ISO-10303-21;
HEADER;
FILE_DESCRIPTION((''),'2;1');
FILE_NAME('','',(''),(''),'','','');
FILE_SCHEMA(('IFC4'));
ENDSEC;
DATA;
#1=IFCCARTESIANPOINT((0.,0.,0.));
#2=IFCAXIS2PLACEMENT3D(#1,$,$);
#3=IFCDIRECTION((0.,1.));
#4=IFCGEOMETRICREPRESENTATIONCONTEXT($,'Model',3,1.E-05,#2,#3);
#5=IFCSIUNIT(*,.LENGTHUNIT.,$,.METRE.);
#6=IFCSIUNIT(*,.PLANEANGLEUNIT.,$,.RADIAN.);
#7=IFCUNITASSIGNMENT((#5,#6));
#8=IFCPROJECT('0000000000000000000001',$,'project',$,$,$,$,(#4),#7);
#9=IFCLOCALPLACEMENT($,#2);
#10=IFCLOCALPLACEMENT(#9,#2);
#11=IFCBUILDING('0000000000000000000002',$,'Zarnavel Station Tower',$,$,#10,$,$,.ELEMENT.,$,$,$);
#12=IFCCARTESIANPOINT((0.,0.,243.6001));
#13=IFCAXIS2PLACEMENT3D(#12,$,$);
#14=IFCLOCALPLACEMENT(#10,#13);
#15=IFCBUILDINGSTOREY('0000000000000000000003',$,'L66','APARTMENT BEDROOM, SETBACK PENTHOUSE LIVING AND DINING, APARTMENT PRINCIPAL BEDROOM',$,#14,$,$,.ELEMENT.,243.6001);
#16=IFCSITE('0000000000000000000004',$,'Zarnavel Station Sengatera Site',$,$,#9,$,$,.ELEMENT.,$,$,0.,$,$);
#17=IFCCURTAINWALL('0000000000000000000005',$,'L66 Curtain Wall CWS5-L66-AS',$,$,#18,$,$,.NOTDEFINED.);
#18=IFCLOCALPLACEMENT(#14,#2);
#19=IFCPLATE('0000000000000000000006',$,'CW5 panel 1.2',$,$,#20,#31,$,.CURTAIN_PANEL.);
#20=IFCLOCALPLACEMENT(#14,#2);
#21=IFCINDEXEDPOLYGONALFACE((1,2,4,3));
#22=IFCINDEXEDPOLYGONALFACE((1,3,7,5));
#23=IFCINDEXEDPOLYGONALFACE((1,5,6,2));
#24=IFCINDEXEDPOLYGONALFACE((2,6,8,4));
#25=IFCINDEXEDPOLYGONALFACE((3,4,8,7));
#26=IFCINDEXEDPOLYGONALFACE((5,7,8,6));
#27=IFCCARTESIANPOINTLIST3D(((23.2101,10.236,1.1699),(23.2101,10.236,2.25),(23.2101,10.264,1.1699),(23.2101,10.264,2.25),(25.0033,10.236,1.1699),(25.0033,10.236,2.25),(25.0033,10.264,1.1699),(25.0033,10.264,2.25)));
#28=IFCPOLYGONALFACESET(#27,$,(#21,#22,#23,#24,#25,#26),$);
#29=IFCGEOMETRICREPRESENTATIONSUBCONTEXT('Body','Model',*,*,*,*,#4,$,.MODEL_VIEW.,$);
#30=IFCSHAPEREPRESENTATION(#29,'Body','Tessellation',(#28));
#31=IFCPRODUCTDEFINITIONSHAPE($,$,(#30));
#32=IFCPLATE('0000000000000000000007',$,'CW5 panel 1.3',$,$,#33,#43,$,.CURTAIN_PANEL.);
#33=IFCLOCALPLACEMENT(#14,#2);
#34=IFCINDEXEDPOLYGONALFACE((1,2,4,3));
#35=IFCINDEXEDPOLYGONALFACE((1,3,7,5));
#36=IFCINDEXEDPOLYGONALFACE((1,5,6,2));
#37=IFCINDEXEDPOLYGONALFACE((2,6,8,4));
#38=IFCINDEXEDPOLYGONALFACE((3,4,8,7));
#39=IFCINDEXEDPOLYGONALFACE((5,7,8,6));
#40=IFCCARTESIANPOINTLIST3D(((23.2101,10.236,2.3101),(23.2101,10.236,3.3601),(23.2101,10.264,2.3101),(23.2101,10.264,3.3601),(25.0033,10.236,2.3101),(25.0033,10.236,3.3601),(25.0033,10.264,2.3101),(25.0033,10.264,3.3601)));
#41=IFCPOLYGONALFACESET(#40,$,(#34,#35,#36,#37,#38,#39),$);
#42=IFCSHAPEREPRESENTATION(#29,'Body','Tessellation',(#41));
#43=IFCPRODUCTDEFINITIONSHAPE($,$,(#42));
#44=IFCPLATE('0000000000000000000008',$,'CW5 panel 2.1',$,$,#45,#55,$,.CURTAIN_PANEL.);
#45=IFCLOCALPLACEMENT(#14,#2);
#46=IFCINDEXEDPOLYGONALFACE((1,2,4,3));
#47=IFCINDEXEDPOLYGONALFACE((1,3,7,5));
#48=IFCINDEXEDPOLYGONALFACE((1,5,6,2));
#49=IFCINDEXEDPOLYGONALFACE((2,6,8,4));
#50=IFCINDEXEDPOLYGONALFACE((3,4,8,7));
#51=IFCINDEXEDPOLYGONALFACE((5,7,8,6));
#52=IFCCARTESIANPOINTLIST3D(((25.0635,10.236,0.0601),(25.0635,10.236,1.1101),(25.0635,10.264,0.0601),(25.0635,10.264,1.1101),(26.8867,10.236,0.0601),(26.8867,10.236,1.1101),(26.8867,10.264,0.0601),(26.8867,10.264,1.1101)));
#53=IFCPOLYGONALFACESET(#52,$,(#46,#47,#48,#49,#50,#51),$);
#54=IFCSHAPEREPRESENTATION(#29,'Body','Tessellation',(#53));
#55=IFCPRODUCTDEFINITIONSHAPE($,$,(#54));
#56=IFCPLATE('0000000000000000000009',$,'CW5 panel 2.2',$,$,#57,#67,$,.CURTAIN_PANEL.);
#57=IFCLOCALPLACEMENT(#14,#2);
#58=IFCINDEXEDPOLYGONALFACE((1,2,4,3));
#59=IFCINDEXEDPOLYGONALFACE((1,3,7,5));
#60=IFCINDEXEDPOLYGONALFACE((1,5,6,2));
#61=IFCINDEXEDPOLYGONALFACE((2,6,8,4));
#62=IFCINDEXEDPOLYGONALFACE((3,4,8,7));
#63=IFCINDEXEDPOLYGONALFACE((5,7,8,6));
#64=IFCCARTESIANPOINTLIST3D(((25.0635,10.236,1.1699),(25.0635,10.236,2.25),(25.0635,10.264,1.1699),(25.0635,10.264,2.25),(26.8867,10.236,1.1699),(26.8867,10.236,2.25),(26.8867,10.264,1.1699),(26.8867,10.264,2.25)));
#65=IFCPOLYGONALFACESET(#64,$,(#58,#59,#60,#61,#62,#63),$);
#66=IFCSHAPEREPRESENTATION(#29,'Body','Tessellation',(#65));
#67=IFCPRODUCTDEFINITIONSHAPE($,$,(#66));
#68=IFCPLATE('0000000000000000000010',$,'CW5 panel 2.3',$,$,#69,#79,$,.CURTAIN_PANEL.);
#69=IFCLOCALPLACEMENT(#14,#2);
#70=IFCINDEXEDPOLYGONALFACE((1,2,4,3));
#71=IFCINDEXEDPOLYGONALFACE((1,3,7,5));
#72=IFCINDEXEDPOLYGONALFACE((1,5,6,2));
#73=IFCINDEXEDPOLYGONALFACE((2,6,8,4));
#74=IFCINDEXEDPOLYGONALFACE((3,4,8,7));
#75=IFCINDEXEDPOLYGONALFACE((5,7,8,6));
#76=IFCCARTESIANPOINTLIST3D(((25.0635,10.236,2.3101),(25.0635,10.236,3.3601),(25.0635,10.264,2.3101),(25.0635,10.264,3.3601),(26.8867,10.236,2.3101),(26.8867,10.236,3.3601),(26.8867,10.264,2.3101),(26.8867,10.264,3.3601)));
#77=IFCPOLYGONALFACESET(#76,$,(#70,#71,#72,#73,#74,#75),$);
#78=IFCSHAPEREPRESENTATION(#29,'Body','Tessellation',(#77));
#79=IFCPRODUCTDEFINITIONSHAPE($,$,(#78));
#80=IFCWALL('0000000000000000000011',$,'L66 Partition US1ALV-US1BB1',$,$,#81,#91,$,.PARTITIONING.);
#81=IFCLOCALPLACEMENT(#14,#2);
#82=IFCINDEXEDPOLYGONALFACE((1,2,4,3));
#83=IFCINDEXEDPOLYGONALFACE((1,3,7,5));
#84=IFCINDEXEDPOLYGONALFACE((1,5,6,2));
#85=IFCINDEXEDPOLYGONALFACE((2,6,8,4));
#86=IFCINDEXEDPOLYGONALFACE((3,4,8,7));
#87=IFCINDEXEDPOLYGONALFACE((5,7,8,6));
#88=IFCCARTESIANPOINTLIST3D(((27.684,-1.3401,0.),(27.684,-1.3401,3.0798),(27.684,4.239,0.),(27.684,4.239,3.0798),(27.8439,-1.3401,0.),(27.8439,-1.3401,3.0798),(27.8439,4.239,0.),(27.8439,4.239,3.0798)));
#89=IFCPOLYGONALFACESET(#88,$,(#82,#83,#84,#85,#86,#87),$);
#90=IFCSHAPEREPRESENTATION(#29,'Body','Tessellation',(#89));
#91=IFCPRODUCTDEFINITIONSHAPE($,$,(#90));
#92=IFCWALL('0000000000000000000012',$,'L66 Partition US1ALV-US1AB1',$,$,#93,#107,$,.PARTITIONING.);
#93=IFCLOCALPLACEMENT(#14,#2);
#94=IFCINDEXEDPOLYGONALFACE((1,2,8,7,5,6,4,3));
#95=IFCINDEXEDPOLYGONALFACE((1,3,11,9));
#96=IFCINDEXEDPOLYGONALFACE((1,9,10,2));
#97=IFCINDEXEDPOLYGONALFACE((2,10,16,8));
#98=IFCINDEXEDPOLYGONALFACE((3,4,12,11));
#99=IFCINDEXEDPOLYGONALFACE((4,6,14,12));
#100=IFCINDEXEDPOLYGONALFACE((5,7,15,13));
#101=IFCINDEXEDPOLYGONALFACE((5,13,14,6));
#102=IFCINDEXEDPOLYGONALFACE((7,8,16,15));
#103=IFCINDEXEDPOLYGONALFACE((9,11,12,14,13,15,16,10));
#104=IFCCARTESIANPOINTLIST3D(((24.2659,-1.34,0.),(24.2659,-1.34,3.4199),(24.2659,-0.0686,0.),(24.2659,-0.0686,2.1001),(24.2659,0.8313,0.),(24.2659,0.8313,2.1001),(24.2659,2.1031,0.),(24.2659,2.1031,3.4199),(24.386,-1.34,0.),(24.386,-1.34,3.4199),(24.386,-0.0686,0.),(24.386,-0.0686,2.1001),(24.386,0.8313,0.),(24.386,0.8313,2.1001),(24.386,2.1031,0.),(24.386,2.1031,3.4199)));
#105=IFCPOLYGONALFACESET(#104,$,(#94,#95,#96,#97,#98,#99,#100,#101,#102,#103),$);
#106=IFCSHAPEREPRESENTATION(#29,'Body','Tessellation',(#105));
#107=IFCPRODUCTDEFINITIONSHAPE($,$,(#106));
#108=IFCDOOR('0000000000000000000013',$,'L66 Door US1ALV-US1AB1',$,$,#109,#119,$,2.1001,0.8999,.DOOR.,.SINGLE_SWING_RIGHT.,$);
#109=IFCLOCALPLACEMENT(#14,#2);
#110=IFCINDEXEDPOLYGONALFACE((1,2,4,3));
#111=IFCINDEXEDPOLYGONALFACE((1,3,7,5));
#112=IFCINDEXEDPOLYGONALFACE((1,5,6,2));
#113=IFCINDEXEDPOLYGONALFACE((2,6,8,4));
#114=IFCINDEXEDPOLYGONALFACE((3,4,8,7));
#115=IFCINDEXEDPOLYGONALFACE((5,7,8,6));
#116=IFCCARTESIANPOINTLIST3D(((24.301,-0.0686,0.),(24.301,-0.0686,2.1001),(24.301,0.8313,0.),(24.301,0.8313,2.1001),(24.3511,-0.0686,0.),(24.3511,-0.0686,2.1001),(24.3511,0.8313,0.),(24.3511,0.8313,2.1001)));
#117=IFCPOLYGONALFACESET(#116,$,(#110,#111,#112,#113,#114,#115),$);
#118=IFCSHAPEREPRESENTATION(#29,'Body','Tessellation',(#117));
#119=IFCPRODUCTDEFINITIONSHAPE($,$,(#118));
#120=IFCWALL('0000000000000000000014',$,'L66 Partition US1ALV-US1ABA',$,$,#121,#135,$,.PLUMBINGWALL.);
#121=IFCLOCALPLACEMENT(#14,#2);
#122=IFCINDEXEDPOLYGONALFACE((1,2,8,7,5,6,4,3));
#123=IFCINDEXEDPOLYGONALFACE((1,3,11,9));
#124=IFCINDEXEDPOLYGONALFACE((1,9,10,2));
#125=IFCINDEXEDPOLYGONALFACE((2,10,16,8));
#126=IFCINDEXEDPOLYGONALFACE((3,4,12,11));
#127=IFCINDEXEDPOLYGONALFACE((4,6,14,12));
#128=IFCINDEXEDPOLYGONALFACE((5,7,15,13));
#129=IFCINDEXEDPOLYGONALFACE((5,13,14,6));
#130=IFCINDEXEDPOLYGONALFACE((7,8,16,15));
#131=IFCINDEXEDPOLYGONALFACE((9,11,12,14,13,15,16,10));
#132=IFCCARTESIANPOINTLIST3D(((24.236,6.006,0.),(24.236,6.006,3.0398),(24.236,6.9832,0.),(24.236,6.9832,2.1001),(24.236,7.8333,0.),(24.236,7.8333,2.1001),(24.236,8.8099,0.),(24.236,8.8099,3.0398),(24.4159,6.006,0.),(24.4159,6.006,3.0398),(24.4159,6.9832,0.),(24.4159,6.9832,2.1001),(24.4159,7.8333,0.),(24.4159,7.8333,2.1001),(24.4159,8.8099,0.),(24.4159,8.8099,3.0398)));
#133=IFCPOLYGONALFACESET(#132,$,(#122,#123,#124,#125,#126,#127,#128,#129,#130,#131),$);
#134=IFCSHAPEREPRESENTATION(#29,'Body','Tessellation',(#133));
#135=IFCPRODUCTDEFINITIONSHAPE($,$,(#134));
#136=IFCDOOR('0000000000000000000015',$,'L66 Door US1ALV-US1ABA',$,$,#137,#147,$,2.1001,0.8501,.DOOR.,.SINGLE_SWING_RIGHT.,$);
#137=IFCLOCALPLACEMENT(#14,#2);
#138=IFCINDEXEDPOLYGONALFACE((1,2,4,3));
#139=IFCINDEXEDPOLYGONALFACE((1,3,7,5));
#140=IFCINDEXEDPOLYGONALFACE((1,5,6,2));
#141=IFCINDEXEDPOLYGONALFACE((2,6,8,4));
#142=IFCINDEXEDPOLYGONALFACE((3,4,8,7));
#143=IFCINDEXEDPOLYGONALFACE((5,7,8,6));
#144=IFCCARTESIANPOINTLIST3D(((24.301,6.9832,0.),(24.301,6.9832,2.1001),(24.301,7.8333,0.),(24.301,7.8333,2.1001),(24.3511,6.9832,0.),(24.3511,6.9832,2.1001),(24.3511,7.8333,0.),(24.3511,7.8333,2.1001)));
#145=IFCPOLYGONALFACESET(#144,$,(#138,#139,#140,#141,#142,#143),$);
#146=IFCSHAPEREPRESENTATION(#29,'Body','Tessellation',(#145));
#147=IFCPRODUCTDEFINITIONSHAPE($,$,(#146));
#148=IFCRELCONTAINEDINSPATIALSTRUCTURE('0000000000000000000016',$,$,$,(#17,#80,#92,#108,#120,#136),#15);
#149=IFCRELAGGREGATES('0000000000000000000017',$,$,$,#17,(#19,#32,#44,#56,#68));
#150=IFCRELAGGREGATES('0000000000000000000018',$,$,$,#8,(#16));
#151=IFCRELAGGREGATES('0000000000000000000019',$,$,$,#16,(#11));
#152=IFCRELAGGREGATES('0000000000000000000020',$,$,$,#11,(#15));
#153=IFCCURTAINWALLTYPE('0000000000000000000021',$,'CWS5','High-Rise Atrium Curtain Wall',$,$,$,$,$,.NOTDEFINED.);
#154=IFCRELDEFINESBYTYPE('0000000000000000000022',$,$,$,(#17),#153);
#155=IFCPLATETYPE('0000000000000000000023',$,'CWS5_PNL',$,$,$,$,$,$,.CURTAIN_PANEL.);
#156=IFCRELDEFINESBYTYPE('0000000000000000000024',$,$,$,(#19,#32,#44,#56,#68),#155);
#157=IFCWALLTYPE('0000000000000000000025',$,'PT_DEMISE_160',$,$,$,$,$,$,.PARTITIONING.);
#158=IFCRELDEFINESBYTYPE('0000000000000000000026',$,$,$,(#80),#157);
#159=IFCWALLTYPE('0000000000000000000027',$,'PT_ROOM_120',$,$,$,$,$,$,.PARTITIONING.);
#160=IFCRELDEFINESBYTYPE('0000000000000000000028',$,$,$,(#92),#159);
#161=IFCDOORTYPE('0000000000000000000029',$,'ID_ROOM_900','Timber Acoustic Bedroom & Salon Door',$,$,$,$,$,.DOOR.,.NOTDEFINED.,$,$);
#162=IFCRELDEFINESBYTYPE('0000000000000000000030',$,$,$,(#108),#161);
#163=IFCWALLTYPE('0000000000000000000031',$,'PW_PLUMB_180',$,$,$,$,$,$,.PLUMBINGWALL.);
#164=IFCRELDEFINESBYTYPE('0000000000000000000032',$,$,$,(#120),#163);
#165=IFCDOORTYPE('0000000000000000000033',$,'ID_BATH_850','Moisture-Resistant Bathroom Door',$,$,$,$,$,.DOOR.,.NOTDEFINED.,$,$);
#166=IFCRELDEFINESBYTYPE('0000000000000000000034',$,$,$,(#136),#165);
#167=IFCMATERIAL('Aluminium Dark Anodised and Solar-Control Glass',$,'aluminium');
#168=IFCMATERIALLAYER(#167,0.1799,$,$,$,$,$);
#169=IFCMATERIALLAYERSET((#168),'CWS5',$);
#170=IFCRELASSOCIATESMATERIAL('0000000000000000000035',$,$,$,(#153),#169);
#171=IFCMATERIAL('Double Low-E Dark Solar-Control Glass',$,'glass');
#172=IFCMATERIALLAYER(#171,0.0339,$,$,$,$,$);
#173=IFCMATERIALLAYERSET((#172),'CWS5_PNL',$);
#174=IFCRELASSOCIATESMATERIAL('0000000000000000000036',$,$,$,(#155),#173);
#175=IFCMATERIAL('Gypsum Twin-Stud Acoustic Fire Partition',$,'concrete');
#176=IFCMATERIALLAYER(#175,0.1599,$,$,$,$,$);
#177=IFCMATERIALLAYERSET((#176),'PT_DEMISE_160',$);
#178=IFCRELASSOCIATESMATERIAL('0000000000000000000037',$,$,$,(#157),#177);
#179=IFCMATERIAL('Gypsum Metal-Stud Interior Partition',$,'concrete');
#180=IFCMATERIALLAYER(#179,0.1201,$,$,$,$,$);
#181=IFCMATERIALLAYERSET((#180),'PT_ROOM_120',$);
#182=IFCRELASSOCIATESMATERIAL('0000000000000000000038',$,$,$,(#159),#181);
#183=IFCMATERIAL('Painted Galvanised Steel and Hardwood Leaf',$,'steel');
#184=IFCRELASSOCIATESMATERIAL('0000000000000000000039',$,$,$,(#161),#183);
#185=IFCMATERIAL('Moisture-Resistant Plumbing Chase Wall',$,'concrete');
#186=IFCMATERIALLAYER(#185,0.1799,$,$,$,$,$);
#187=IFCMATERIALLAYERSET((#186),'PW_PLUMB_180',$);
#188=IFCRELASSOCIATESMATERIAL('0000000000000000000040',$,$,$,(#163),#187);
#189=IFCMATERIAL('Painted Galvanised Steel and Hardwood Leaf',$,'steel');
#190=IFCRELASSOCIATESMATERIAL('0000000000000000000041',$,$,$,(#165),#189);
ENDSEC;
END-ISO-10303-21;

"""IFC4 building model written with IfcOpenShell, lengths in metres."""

from ifc_helpers import new_model, si_unit, direction, frame, frame_2d, origin, origin_2d, place, context, subcontext, project, spatial, rectangle, extrude, material, layer, layer_set, type_object, element, fill, aggregate, save


model = new_model("IFC4")

# Units and contexts
model_context = context("Model", 3, precision=1e-05, world=origin(), true_north=direction((0.0, 1.0)))
body_context = subcontext(model_context, "Body", "Model", "MODEL_VIEW")
ifc_project = project(units=[si_unit("LENGTHUNIT", "METRE"), si_unit("PLANEANGLEUNIT", "RADIAN")], contexts=[model_context])

# Site, building, storey
site_placement = place(None, origin())
site = spatial("IfcSite", under=ifc_project, at=site_placement, Name="Zarnavel Station Sengatera Site", CompositionType="ELEMENT", RefElevation=0.0)
building_placement = place(site_placement, origin())
building = spatial("IfcBuilding", under=site, at=building_placement, Name="Zarnavel Station Tower", CompositionType="ELEMENT")
storey_placement = place(building_placement, frame((0.0, 0.0, 243.6001)))
storey = spatial("IfcBuildingStorey", under=building, at=storey_placement, Name="L66", Description="APARTMENT BEDROOM, SETBACK PENTHOUSE LIVING AND DINING, APARTMENT PRINCIPAL BEDROOM", CompositionType="ELEMENT", Elevation=243.6001)

# Curtain wall, plates
ifc_material_1 = material(Name="Aluminium Dark Anodised and Solar-Control Glass", Category="aluminium")
ifc_layer_1 = layer(ifc_material_1, 0.1799)
ifc_layer_set_1 = layer_set([ifc_layer_1], Name="CWS5")
curtain_wall_type = type_object("IfcCurtainWallType", Name="CWS5", Description="High-Rise Atrium Curtain Wall", PredefinedType="NOTDEFINED", material=ifc_layer_set_1)
curtain_wall_placement = place(storey_placement, origin())
curtain_wall = element("IfcCurtainWall", 1, at=curtain_wall_placement, inside=storey, type_object=curtain_wall_type, Name="L66 Curtain Wall CWS5-L66-AS", PredefinedType="NOTDEFINED")
ifc_material_2 = material(Name="Double Low-E Dark Solar-Control Glass", Category="glass")
ifc_layer_2 = layer(ifc_material_2, 0.0339)
ifc_layer_set_2 = layer_set([ifc_layer_2], Name="CWS5_PNL")
plate_type = type_object("IfcPlateType", Name="CWS5_PNL", PredefinedType="CURTAIN_PANEL", material=ifc_layer_set_2)
plate_1_placement = place(storey_placement, frame((24.1067, 10.25, 1.1699), z_axis=(0.0, 0.0, 1.0), x_axis=(1.0, 0.0, 0.0)))
plate_1 = element("IfcPlate", 2, at=plate_1_placement, type_object=plate_type, Name="CW5 panel 1.2", PredefinedType="CURTAIN_PANEL", context=body_context, shape_type="SweptSolid", body=[
    extrude(rectangle(XDim=1.7932, YDim=0.0281, at=origin_2d()), origin(), (0.0, 0.0, 1.0), 1.0801),
])
plate_2_placement = place(storey_placement, frame((24.1067, 10.25, 2.3101), z_axis=(0.0, 0.0, 1.0), x_axis=(1.0, 0.0, 0.0)))
plate_2 = element("IfcPlate", 3, at=plate_2_placement, type_object=plate_type, Name="CW5 panel 1.3", PredefinedType="CURTAIN_PANEL", context=body_context, shape_type="SweptSolid", body=[
    extrude(rectangle(XDim=1.7932, YDim=0.0281, at=origin_2d()), origin(), (0.0, 0.0, 1.0), 1.05),
])
plate_3_placement = place(storey_placement, frame((25.9751, 10.25, 0.0601), z_axis=(0.0, 0.0, 1.0), x_axis=(1.0, 0.0, 0.0)))
plate_3 = element("IfcPlate", 4, at=plate_3_placement, type_object=plate_type, Name="CW5 panel 2.1", PredefinedType="CURTAIN_PANEL", context=body_context, shape_type="SweptSolid", body=[
    extrude(rectangle(XDim=1.8232, YDim=0.0281, at=origin_2d()), origin(), (0.0, 0.0, 1.0), 1.05),
])
plate_4_placement = place(storey_placement, frame((25.9751, 10.25, 1.1699), z_axis=(0.0, 0.0, 1.0), x_axis=(1.0, 0.0, 0.0)))
plate_4 = element("IfcPlate", 5, at=plate_4_placement, type_object=plate_type, Name="CW5 panel 2.2", PredefinedType="CURTAIN_PANEL", context=body_context, shape_type="SweptSolid", body=[
    extrude(rectangle(XDim=1.8232, YDim=0.0281, at=origin_2d()), origin(), (0.0, 0.0, 1.0), 1.0801),
])
plate_5_placement = place(storey_placement, frame((25.9751, 10.25, 2.3101), z_axis=(0.0, 0.0, 1.0), x_axis=(1.0, 0.0, 0.0)))
plate_5 = element("IfcPlate", 6, at=plate_5_placement, type_object=plate_type, Name="CW5 panel 2.3", PredefinedType="CURTAIN_PANEL", context=body_context, shape_type="SweptSolid", body=[
    extrude(rectangle(XDim=1.8232, YDim=0.0281, at=origin_2d()), origin(), (0.0, 0.0, 1.0), 1.05),
])
aggregate(curtain_wall, [plate_1, plate_2, plate_3, plate_4, plate_5])

# Shared definitions
ifc_material_3 = material(Name="Gypsum Twin-Stud Acoustic Fire Partition", Category="concrete")
ifc_layer_3 = layer(ifc_material_3, 0.1599)
ifc_layer_set_3 = layer_set([ifc_layer_3], Name="PT_DEMISE_160")
wall_type_1 = type_object("IfcWallType", Name="PT_DEMISE_160", PredefinedType="PARTITIONING", material=ifc_layer_set_3)

# Wall
wall_1_placement = place(storey_placement, frame((27.7639, -1.3401, 0.0), z_axis=(0.0, 0.0, 1.0), x_axis=(0.0, 1.0, 0.0)))
element("IfcWall", 7, at=wall_1_placement, inside=storey, type_object=wall_type_1, Name="L66 Partition US1ALV-US1BB1", PredefinedType="PARTITIONING", context=body_context, shape_type="SweptSolid", body=[
    extrude(rectangle(XDim=5.5791, YDim=0.1599, at=frame_2d((2.7896, 0.0))), origin(), (0.0, 0.0, 1.0), 3.0798),
])

# Walls, openings, doors
ifc_material_4 = material(Name="Gypsum Metal-Stud Interior Partition", Category="concrete")
ifc_layer_4 = layer(ifc_material_4, 0.1201)
ifc_layer_set_4 = layer_set([ifc_layer_4], Name="PT_ROOM_120")
wall_type_2 = type_object("IfcWallType", Name="PT_ROOM_120", PredefinedType="PARTITIONING", material=ifc_layer_set_4)
wall_2_placement = place(storey_placement, frame((24.3259, -1.3401, 0.0), z_axis=(0.0, 0.0, 1.0), x_axis=(0.0, 1.0, 0.0)))
wall_2 = element("IfcWall", 8, at=wall_2_placement, inside=storey, type_object=wall_type_2, Name="L66 Partition US1ALV-US1AB1", PredefinedType="PARTITIONING", context=body_context, shape_type="SweptSolid", body=[
    extrude(rectangle(XDim=3.4431, YDim=0.1201, at=frame_2d((1.7217, 0.0))), origin(), (0.0, 0.0, 1.0), 3.4199),
])
opening_1_placement = place(wall_2_placement, frame((1.2715, 0.0, 0.0)))
opening_1 = element("IfcOpeningElement", 9, at=opening_1_placement, cuts=wall_2, PredefinedType="OPENING", context=body_context, shape_type="SweptSolid", body=[
    extrude(rectangle(XDim=0.8999, YDim=2.1001, at=frame_2d((0.45, 1.05))), frame((0.0, 0.0701, 0.0), z_axis=(0.0, -1.0, 0.0), x_axis=(1.0, 0.0, 0.0)), (0.0, 0.0, 1.0), 0.1401),
])
ifc_material_5 = material(Name="Painted Galvanised Steel and Hardwood Leaf", Category="steel")
door_type_1 = type_object("IfcDoorType", Name="ID_ROOM_900", Description="Timber Acoustic Bedroom & Salon Door", OperationType="NOTDEFINED", PredefinedType="DOOR", material=ifc_material_5)
door_1_placement = place(opening_1_placement, origin())
door_1 = element("IfcDoor", 10, at=door_1_placement, inside=storey, type_object=door_type_1, Name="L66 Door US1ALV-US1AB1", OperationType="SINGLE_SWING_RIGHT", OverallHeight=2.1001, OverallWidth=0.8999, PredefinedType="DOOR", context=body_context, shape_type="SweptSolid", body=[
    extrude(rectangle(XDim=0.8999, YDim=2.1001, at=frame_2d((0.45, 1.05))), frame((0.0, 0.0249, 0.0), z_axis=(0.0, -1.0, 0.0), x_axis=(1.0, 0.0, 0.0)), (0.0, 0.0, 1.0), 0.05),
])
fill(opening_1, door_1)
ifc_material_6 = material(Name="Moisture-Resistant Plumbing Chase Wall", Category="concrete")
ifc_layer_5 = layer(ifc_material_6, 0.1799)
ifc_layer_set_5 = layer_set([ifc_layer_5], Name="PW_PLUMB_180")
wall_type_3 = type_object("IfcWallType", Name="PW_PLUMB_180", PredefinedType="PLUMBINGWALL", material=ifc_layer_set_5)
wall_3_placement = place(storey_placement, frame((24.3259, 6.0061, 0.0), z_axis=(0.0, 0.0, 1.0), x_axis=(0.0, 1.0, 0.0)))
wall_3 = element("IfcWall", 11, at=wall_3_placement, inside=storey, type_object=wall_type_3, Name="L66 Partition US1ALV-US1ABA", PredefinedType="PLUMBINGWALL", context=body_context, shape_type="SweptSolid", body=[
    extrude(rectangle(XDim=2.804, YDim=0.1799, at=frame_2d((1.4019, 0.0))), origin(), (0.0, 0.0, 1.0), 3.0398),
])
opening_2_placement = place(wall_3_placement, frame((0.9771, 0.0, 0.0)))
opening_2 = element("IfcOpeningElement", 12, at=opening_2_placement, cuts=wall_3, PredefinedType="OPENING", context=body_context, shape_type="SweptSolid", body=[
    extrude(rectangle(XDim=0.8501, YDim=2.1001, at=frame_2d((0.425, 1.05))), frame((0.0, 0.0999, 0.0), z_axis=(0.0, -1.0, 0.0), x_axis=(1.0, 0.0, 0.0)), (0.0, 0.0, 1.0), 0.2),
])
ifc_material_7 = material(Name="Painted Galvanised Steel and Hardwood Leaf", Category="steel")
door_type_2 = type_object("IfcDoorType", Name="ID_BATH_850", Description="Moisture-Resistant Bathroom Door", OperationType="NOTDEFINED", PredefinedType="DOOR", material=ifc_material_7)
door_2_placement = place(opening_2_placement, origin())
door_2 = element("IfcDoor", 13, at=door_2_placement, inside=storey, type_object=door_type_2, Name="L66 Door US1ALV-US1ABA", OperationType="SINGLE_SWING_RIGHT", OverallHeight=2.1001, OverallWidth=0.8501, PredefinedType="DOOR", context=body_context, shape_type="SweptSolid", body=[
    extrude(rectangle(XDim=0.8501, YDim=2.1001, at=frame_2d((0.425, 1.05))), frame((0.0, 0.0249, 0.0), z_axis=(0.0, -1.0, 0.0), x_axis=(1.0, 0.0, 0.0)), (0.0, 0.0, 1.0), 0.05),
])
fill(opening_2, door_2)

save(model, "model.ifc")
